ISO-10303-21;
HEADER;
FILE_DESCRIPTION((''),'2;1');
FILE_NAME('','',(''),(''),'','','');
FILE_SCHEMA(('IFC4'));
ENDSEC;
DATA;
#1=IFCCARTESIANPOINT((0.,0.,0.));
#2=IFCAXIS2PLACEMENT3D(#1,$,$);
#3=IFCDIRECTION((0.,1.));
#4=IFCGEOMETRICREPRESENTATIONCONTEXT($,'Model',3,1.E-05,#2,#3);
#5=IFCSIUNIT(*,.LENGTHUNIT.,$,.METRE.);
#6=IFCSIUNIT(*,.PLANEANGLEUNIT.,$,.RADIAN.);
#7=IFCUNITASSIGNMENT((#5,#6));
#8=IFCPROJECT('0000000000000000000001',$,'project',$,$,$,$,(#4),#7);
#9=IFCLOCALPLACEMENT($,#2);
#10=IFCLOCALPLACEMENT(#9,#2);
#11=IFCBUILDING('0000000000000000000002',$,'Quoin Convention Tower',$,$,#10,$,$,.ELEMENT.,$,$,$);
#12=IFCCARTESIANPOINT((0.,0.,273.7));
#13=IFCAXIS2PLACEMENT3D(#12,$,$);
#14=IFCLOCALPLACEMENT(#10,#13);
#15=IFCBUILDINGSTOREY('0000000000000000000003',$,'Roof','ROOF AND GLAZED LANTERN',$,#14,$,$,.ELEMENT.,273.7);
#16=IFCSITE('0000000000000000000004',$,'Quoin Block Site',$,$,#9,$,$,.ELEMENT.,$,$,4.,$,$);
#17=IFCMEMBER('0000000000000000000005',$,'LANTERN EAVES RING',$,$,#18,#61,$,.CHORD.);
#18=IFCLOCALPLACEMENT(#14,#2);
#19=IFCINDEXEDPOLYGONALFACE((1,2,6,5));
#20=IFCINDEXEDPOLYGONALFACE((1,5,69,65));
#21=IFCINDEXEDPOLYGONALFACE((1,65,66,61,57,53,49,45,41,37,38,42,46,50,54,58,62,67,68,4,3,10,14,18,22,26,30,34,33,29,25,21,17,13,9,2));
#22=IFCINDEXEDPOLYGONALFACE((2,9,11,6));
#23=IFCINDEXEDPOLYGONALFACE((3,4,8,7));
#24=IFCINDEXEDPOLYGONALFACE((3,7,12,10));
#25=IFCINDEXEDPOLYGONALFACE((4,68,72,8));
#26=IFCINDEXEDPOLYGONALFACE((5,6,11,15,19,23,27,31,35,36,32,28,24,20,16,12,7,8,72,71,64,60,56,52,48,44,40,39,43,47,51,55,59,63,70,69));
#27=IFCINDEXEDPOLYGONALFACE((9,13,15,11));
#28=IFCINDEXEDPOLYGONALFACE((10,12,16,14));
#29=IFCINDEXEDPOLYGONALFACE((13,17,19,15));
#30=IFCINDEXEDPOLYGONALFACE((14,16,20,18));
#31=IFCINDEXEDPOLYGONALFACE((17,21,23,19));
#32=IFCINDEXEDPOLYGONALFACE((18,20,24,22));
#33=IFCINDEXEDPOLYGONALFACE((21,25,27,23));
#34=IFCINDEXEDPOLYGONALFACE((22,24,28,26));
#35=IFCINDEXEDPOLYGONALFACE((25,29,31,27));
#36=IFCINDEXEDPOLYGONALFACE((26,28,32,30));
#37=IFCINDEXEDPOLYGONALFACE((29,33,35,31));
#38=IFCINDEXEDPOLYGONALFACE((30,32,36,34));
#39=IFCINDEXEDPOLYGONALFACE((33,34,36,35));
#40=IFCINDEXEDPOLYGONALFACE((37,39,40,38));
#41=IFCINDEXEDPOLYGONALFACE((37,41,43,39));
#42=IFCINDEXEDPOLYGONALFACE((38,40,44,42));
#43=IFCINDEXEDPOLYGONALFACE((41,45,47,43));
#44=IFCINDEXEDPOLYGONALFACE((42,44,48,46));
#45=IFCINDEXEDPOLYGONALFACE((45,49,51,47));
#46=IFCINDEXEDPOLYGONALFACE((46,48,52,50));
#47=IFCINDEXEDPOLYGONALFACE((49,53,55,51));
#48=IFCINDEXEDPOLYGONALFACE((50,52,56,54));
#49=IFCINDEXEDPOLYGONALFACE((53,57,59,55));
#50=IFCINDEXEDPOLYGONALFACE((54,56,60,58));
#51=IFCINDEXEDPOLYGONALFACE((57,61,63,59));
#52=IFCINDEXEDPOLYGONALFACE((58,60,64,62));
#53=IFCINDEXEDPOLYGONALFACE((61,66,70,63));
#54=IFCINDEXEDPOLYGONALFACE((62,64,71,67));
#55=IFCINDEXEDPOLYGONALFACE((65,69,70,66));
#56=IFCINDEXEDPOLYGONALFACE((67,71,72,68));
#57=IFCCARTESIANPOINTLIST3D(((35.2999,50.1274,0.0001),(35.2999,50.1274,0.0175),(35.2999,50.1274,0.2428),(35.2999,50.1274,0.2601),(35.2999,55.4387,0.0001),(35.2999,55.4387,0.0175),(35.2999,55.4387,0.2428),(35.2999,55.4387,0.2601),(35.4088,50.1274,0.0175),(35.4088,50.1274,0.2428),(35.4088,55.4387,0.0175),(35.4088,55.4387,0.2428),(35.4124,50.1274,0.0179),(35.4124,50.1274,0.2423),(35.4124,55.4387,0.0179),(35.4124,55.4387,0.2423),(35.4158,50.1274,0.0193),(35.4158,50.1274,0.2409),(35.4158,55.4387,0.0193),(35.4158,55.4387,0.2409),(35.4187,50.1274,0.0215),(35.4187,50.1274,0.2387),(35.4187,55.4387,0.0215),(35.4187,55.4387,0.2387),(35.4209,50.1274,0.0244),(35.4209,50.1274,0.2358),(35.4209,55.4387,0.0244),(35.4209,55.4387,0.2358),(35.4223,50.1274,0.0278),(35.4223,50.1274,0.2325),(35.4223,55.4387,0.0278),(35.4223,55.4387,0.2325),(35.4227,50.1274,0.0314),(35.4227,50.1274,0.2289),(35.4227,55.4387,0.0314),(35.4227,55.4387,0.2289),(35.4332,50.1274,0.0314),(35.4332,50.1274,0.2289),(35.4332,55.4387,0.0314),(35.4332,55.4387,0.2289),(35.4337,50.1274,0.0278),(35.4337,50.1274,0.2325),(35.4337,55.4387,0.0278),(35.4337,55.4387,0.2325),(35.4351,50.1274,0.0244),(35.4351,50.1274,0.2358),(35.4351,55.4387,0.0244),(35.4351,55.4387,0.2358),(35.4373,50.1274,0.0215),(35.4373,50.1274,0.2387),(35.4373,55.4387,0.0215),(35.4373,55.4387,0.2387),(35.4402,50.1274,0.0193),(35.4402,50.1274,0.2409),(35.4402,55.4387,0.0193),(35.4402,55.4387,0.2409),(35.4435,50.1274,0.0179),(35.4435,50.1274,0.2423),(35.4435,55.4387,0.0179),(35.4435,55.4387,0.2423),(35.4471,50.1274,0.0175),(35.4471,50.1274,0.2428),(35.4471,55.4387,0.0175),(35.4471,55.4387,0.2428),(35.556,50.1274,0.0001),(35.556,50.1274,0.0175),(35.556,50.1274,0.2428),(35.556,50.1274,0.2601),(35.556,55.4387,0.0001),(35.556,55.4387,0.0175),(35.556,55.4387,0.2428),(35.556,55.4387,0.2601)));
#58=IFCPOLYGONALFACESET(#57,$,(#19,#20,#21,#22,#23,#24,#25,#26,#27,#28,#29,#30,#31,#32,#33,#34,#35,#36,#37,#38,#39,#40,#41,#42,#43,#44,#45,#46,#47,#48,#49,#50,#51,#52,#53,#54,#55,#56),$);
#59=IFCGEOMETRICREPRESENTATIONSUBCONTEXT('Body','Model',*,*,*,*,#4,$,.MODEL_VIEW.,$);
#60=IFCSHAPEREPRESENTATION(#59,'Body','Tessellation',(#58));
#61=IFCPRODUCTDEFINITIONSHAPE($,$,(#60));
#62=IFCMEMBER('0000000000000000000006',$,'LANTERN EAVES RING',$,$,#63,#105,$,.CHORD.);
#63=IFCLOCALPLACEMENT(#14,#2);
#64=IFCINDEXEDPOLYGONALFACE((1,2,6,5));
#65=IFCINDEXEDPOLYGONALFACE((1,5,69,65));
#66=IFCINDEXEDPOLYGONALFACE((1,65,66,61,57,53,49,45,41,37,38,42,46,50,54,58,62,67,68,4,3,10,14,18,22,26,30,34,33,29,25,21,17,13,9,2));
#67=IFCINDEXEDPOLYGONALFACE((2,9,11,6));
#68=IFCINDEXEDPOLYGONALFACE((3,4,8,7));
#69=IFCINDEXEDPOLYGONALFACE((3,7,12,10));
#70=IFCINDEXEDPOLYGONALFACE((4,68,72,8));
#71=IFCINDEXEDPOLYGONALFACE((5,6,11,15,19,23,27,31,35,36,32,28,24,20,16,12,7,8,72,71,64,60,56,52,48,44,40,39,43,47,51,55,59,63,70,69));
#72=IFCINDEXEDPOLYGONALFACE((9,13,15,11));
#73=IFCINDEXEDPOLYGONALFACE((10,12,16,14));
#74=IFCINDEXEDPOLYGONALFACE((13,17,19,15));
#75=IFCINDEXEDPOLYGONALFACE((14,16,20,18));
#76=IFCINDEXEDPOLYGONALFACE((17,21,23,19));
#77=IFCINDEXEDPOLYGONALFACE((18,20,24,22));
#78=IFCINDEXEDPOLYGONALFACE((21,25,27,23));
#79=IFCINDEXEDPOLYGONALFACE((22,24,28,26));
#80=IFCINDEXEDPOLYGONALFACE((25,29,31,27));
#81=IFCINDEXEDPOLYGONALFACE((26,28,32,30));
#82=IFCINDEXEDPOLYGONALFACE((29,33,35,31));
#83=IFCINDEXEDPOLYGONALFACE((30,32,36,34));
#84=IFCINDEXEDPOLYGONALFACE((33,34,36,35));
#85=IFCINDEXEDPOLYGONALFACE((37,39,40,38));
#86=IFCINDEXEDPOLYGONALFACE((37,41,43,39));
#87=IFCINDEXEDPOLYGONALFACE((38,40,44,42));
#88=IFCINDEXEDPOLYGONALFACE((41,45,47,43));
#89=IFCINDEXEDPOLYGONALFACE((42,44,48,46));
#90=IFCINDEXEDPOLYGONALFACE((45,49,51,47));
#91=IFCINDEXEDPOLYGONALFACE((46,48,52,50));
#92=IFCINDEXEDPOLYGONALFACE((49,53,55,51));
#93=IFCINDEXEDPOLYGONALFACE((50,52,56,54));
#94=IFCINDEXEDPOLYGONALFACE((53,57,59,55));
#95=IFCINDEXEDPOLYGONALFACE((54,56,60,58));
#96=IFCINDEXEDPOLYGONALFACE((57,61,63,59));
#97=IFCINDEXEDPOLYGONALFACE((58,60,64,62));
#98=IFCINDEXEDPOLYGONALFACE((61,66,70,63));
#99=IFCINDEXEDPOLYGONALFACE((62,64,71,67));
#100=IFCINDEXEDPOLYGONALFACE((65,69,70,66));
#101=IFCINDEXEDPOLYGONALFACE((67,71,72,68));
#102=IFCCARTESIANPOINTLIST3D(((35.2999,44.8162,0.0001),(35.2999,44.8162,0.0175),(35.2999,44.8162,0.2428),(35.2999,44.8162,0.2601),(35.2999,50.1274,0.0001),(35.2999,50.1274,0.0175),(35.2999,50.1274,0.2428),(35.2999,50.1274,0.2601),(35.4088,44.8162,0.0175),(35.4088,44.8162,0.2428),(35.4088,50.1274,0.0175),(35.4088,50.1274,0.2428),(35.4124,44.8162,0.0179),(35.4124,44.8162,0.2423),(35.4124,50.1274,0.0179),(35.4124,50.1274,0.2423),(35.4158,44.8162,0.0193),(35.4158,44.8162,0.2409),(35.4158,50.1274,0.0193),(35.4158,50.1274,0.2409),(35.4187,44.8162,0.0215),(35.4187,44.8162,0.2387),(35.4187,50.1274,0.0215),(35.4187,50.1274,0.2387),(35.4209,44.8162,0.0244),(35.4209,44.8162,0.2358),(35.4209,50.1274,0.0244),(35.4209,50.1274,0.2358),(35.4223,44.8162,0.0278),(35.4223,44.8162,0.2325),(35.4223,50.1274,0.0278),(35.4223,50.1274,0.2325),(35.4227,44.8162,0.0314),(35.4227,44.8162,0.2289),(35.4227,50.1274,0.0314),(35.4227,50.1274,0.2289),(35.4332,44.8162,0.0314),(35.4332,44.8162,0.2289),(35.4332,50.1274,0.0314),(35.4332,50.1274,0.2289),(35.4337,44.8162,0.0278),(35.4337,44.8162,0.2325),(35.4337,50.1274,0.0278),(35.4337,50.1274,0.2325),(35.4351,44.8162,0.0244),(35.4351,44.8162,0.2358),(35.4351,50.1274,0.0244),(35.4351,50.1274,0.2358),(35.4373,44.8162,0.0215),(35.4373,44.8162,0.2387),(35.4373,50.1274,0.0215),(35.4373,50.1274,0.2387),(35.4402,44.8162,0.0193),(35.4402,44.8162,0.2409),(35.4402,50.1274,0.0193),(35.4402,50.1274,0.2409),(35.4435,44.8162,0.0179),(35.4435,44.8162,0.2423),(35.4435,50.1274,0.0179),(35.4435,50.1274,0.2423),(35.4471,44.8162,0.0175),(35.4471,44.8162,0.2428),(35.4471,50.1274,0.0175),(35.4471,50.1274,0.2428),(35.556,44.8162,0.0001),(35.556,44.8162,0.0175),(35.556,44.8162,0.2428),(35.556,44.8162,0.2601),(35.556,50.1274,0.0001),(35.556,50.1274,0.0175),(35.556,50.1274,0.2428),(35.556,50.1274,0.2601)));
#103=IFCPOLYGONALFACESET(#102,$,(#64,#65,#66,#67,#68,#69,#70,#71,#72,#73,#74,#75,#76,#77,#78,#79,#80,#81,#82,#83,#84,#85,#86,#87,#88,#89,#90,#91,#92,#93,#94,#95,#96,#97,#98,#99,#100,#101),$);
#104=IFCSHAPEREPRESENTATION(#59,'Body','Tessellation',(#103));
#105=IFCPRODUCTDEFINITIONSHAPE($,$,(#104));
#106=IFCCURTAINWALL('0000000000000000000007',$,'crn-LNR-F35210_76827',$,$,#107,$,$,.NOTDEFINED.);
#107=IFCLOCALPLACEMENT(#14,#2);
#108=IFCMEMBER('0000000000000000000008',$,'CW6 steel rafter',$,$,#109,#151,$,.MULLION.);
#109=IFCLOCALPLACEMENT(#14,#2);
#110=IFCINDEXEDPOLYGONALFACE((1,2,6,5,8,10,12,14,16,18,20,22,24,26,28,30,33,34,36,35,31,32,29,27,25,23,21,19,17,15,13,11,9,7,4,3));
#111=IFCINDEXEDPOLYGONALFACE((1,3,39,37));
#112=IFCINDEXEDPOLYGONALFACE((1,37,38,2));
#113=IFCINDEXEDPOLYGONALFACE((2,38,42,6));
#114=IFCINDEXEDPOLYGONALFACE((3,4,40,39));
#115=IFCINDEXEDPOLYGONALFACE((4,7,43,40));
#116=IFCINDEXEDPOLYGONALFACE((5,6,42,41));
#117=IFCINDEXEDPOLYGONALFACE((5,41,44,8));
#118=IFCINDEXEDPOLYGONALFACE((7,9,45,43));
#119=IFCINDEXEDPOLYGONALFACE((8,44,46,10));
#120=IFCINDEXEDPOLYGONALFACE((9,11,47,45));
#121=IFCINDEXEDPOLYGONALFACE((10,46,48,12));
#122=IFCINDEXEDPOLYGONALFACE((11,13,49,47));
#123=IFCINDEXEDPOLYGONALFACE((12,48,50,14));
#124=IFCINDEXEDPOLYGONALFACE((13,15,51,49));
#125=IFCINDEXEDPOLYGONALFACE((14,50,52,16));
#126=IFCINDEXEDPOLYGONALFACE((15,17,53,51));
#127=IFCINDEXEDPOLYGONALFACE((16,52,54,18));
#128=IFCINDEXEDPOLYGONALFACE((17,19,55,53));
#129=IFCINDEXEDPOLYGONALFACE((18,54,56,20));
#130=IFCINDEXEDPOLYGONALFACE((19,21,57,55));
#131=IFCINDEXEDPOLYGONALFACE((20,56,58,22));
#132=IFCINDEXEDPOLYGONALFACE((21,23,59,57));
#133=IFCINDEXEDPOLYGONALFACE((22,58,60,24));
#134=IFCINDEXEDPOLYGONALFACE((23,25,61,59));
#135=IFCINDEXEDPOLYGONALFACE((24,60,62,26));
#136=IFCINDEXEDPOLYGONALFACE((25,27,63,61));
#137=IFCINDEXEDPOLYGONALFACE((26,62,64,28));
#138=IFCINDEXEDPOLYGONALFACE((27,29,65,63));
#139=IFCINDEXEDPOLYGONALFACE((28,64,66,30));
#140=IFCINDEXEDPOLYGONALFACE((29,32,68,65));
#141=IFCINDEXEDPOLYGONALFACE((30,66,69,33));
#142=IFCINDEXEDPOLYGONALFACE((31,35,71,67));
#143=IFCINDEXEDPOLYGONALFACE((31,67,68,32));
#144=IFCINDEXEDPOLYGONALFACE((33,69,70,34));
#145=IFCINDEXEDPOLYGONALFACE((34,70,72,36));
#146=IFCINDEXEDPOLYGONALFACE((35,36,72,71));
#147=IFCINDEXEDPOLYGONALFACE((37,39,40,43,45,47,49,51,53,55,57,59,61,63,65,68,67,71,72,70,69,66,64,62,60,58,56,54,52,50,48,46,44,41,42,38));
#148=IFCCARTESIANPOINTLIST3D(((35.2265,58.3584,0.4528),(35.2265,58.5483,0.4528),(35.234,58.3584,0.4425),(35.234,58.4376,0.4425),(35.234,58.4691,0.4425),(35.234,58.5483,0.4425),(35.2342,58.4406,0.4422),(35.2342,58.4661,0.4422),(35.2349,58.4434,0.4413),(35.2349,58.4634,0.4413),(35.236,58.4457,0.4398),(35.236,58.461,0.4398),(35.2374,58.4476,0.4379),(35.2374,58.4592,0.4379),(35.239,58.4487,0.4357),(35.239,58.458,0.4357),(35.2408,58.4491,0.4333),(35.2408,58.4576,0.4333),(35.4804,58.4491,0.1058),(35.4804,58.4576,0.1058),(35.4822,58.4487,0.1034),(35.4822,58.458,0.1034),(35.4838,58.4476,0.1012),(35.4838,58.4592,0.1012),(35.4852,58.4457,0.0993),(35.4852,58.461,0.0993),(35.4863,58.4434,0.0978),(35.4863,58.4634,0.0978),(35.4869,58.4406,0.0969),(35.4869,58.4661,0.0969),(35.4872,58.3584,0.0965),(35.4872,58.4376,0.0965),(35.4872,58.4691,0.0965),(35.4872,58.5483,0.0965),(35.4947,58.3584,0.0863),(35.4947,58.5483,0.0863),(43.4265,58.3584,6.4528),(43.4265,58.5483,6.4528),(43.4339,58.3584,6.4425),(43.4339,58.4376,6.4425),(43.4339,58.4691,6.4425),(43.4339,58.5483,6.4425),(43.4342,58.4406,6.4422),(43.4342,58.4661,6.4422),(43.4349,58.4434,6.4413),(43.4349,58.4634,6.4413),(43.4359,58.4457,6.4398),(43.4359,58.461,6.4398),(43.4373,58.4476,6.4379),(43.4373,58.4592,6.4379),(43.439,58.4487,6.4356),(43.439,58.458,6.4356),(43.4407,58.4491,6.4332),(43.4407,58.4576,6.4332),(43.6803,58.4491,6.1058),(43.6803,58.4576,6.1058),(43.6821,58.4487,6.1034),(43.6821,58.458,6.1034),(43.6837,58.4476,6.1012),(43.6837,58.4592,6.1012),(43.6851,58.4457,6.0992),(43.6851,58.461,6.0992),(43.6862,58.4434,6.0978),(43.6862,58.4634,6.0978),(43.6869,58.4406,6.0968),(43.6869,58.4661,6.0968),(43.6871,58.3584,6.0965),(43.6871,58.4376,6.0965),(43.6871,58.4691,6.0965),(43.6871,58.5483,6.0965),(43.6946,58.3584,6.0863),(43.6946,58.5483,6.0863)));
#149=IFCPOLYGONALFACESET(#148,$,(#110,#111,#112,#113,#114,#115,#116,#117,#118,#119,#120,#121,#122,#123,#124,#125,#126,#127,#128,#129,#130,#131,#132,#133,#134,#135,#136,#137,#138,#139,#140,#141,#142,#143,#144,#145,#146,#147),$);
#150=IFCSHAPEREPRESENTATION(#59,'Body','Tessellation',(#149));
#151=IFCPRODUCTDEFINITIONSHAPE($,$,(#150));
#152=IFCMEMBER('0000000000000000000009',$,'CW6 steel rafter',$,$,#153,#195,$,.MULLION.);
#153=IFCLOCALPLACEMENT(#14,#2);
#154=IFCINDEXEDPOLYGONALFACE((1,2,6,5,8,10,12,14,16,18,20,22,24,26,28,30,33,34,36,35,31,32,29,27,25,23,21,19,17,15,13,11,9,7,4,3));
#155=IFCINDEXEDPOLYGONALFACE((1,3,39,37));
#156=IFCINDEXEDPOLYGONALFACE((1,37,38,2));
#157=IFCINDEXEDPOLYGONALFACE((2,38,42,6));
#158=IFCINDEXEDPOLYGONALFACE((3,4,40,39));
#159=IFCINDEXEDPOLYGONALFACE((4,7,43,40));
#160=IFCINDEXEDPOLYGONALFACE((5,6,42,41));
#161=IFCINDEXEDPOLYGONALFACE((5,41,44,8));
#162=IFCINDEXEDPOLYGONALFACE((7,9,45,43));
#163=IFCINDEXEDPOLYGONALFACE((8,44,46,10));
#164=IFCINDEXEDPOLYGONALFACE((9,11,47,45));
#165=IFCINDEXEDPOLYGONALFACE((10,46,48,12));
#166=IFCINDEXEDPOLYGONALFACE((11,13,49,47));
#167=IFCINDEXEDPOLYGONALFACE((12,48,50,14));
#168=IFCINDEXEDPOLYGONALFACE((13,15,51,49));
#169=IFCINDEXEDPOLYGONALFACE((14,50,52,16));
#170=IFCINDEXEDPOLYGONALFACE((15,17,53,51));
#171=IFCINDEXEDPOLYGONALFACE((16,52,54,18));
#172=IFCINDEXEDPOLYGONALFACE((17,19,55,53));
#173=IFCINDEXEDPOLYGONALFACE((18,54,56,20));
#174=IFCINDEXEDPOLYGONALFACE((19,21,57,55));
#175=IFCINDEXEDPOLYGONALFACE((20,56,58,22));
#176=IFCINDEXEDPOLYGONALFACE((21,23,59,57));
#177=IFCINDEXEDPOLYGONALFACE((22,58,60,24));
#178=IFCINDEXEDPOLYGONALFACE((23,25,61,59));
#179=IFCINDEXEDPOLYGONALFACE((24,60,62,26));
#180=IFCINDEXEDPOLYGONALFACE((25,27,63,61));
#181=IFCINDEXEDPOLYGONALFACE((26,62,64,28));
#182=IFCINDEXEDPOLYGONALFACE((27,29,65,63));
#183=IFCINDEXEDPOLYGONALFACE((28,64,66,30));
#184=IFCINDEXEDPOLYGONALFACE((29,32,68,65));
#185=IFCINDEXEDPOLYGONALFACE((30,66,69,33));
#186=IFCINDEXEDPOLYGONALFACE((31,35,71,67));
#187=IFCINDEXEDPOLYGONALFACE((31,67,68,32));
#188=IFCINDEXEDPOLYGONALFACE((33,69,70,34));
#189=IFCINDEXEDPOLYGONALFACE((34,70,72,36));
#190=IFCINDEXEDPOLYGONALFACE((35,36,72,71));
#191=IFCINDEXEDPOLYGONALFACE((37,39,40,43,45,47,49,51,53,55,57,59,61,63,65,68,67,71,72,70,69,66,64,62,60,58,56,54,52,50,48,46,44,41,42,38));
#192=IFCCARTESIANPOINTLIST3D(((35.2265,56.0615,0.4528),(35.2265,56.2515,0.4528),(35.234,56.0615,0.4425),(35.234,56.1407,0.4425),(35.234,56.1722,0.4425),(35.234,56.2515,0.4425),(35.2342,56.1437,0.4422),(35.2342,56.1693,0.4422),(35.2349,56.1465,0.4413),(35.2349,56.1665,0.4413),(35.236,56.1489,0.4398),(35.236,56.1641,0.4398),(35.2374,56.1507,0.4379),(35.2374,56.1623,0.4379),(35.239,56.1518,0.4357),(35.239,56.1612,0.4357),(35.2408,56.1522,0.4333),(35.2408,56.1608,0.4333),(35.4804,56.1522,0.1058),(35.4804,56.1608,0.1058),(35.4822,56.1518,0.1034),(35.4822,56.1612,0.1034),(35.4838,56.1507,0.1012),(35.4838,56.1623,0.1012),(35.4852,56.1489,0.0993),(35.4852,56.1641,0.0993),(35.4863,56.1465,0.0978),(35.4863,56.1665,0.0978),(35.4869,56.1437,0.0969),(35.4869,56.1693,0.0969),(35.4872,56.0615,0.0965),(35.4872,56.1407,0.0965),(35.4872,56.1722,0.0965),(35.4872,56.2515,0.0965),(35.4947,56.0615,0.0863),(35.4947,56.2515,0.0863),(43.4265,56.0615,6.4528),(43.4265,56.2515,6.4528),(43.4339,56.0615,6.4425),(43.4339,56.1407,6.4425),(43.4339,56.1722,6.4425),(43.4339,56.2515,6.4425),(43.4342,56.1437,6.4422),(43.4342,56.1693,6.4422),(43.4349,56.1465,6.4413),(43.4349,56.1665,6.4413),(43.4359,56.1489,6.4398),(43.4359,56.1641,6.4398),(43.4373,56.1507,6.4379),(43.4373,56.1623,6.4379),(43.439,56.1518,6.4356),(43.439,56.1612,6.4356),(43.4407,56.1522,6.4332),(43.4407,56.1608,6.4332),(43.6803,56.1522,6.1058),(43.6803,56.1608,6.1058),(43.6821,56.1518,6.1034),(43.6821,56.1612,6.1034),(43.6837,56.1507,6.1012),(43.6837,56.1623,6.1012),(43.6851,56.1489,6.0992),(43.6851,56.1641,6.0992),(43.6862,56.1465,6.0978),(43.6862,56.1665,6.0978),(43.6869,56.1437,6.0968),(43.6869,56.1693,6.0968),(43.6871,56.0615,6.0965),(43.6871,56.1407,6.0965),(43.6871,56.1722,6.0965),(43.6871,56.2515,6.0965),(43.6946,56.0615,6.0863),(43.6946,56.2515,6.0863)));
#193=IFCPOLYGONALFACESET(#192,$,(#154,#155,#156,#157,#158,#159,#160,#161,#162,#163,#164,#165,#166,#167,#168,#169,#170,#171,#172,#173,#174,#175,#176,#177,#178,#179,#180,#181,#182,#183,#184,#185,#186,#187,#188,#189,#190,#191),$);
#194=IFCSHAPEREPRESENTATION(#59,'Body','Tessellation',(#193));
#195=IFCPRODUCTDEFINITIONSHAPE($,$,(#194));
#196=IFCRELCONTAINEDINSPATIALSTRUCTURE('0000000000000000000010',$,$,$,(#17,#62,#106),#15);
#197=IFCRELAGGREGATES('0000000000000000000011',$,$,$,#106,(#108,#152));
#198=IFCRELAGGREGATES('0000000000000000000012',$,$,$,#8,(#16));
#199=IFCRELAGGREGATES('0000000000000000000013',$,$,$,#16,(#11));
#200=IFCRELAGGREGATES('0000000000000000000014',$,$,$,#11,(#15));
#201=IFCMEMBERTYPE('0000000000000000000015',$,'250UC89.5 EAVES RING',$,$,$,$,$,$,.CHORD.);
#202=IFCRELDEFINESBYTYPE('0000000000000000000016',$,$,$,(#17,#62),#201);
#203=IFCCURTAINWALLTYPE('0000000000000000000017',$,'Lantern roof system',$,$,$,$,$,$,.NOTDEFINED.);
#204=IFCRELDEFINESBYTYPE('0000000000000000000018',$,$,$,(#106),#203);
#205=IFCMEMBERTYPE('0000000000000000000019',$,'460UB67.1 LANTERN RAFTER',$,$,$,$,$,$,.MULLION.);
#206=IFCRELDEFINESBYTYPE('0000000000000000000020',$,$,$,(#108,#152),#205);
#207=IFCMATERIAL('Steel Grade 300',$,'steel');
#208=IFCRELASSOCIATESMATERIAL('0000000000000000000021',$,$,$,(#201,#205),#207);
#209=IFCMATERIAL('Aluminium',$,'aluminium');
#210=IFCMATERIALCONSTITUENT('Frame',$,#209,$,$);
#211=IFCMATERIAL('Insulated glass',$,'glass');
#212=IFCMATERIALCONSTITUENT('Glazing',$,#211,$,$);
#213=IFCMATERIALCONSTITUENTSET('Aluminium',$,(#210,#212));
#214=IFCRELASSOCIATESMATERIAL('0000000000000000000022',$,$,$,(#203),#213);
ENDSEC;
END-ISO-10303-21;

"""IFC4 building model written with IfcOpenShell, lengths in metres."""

from ifc_helpers import new_model, si_unit, direction, frame, origin, origin_2d, place, context, subcontext, project, spatial, i_section, extrude, material, constituent, constituent_set, material_profile, profile_set, type_object, element, aggregate, save


model = new_model("IFC4")

# Units and contexts
model_context = context("Model", 3, precision=1e-05, world=origin(), true_north=direction((0.0, 1.0)))
body_context = subcontext(model_context, "Body", "Model", "MODEL_VIEW")
ifc_project = project(units=[si_unit("LENGTHUNIT", "METRE"), si_unit("PLANEANGLEUNIT", "RADIAN")], contexts=[model_context])

# Site, building, storey
site_placement = place(None, origin())
site = spatial("IfcSite", under=ifc_project, at=site_placement, Name="Quoin Block Site", CompositionType="ELEMENT", RefElevation=4.0)
building_placement = place(site_placement, origin())
building = spatial("IfcBuilding", under=site, at=building_placement, Name="Quoin Convention Tower", CompositionType="ELEMENT")
storey_placement = place(building_placement, frame((0.0, 0.0, 273.7)))
storey = spatial("IfcBuildingStorey", under=building, at=storey_placement, Name="Roof", Description="ROOF AND GLAZED LANTERN", CompositionType="ELEMENT", Elevation=273.7)

# Members
ifc_material_1 = material(Name="Steel Grade 300", Category="steel")
ifc_material_profile_1 = material_profile(ifc_material_1, i_section(OverallWidth=0.2561, OverallDepth=0.26, WebThickness=0.0105, FlangeThickness=0.0173, FilletRadius=0.0139, at=origin_2d()), Name="250UC89.5")
ifc_profile_set_1 = profile_set([ifc_material_profile_1], Name="Steel Grade 300")
member_type_1 = type_object("IfcMemberType", Name="250UC89.5 EAVES RING", PredefinedType="CHORD", material=ifc_profile_set_1)
for number, where, z_axis, x_axis, name in (
    (1, (35.428, 55.4387, 0.1301), (0.0, -1.0, 0.0), (1.0, 0.0, 0.0), "LANTERN EAVES RING"),
    (2, (35.428, 50.1274, 0.1301), (0.0, -1.0, 0.0), (1.0, 0.0, 0.0), "LANTERN EAVES RING"),
):
    element("IfcMember", number, at=place(storey_placement, frame(where, z_axis=z_axis, x_axis=x_axis)), inside=storey, type_object=member_type_1, Name=name, PredefinedType="CHORD", context=body_context, shape_type="SweptSolid", body=[
        extrude(i_section(OverallWidth=0.2561, OverallDepth=0.26, WebThickness=0.0105, FlangeThickness=0.0173, FilletRadius=0.0139, at=origin_2d()), origin(), (0.0, 0.0, 1.0), 5.3113),
    ])

# Curtain wall, members
ifc_material_2 = material(Name="Aluminium", Category="aluminium")
ifc_constituent_1 = constituent(ifc_material_2, Name="Frame")
ifc_material_3 = material(Name="Insulated glass", Category="glass")
ifc_constituent_2 = constituent(ifc_material_3, Name="Glazing")
ifc_constituent_set = constituent_set(constituents=[ifc_constituent_1, ifc_constituent_2], Name="Aluminium")
curtain_wall_type = type_object("IfcCurtainWallType", Name="Lantern roof system", PredefinedType="NOTDEFINED", material=ifc_constituent_set)
curtain_wall_placement = place(storey_placement, origin())
curtain_wall = element("IfcCurtainWall", 3, at=curtain_wall_placement, inside=storey, type_object=curtain_wall_type, Name="crn-LNR-F35210_76827", PredefinedType="NOTDEFINED")
ifc_material_profile_2 = material_profile(ifc_material_1, i_section(OverallWidth=0.1899, OverallDepth=0.4541, WebThickness=0.0085, FlangeThickness=0.0127, FilletRadius=0.0115, at=origin_2d()), Name="460UB67.1")
ifc_profile_set_2 = profile_set([ifc_material_profile_2], Name="Steel Grade 300")
member_type_2 = type_object("IfcMemberType", Name="460UB67.1 LANTERN RAFTER", PredefinedType="MULLION", material=ifc_profile_set_2)
member_1_placement = place(storey_placement, frame((35.3606, 58.4534, 0.2695), z_axis=(0.807029, 0.0, 0.590512), x_axis=(0.0, 1.0, 0.0)))
member_1 = element("IfcMember", 4, at=member_1_placement, type_object=member_type_2, Name="CW6 steel rafter", PredefinedType="MULLION", context=body_context, shape_type="SweptSolid", body=[
    extrude(i_section(OverallWidth=0.1899, OverallDepth=0.4541, WebThickness=0.0085, FlangeThickness=0.0127, FilletRadius=0.0115, at=origin_2d()), origin(), (0.0, 0.0, 1.0), 10.1606),
])
member_2_placement = place(storey_placement, frame((35.3606, 56.1565, 0.2695), z_axis=(0.807029, 0.0, 0.590512), x_axis=(0.0, 1.0, 0.0)))
member_2 = element("IfcMember", 5, at=member_2_placement, type_object=member_type_2, Name="CW6 steel rafter", PredefinedType="MULLION", context=body_context, shape_type="SweptSolid", body=[
    extrude(i_section(OverallWidth=0.1899, OverallDepth=0.4541, WebThickness=0.0085, FlangeThickness=0.0127, FilletRadius=0.0115, at=origin_2d()), origin(), (0.0, 0.0, 1.0), 10.1606),
])
aggregate(curtain_wall, [member_1, member_2])

save(model, "model.ifc")
